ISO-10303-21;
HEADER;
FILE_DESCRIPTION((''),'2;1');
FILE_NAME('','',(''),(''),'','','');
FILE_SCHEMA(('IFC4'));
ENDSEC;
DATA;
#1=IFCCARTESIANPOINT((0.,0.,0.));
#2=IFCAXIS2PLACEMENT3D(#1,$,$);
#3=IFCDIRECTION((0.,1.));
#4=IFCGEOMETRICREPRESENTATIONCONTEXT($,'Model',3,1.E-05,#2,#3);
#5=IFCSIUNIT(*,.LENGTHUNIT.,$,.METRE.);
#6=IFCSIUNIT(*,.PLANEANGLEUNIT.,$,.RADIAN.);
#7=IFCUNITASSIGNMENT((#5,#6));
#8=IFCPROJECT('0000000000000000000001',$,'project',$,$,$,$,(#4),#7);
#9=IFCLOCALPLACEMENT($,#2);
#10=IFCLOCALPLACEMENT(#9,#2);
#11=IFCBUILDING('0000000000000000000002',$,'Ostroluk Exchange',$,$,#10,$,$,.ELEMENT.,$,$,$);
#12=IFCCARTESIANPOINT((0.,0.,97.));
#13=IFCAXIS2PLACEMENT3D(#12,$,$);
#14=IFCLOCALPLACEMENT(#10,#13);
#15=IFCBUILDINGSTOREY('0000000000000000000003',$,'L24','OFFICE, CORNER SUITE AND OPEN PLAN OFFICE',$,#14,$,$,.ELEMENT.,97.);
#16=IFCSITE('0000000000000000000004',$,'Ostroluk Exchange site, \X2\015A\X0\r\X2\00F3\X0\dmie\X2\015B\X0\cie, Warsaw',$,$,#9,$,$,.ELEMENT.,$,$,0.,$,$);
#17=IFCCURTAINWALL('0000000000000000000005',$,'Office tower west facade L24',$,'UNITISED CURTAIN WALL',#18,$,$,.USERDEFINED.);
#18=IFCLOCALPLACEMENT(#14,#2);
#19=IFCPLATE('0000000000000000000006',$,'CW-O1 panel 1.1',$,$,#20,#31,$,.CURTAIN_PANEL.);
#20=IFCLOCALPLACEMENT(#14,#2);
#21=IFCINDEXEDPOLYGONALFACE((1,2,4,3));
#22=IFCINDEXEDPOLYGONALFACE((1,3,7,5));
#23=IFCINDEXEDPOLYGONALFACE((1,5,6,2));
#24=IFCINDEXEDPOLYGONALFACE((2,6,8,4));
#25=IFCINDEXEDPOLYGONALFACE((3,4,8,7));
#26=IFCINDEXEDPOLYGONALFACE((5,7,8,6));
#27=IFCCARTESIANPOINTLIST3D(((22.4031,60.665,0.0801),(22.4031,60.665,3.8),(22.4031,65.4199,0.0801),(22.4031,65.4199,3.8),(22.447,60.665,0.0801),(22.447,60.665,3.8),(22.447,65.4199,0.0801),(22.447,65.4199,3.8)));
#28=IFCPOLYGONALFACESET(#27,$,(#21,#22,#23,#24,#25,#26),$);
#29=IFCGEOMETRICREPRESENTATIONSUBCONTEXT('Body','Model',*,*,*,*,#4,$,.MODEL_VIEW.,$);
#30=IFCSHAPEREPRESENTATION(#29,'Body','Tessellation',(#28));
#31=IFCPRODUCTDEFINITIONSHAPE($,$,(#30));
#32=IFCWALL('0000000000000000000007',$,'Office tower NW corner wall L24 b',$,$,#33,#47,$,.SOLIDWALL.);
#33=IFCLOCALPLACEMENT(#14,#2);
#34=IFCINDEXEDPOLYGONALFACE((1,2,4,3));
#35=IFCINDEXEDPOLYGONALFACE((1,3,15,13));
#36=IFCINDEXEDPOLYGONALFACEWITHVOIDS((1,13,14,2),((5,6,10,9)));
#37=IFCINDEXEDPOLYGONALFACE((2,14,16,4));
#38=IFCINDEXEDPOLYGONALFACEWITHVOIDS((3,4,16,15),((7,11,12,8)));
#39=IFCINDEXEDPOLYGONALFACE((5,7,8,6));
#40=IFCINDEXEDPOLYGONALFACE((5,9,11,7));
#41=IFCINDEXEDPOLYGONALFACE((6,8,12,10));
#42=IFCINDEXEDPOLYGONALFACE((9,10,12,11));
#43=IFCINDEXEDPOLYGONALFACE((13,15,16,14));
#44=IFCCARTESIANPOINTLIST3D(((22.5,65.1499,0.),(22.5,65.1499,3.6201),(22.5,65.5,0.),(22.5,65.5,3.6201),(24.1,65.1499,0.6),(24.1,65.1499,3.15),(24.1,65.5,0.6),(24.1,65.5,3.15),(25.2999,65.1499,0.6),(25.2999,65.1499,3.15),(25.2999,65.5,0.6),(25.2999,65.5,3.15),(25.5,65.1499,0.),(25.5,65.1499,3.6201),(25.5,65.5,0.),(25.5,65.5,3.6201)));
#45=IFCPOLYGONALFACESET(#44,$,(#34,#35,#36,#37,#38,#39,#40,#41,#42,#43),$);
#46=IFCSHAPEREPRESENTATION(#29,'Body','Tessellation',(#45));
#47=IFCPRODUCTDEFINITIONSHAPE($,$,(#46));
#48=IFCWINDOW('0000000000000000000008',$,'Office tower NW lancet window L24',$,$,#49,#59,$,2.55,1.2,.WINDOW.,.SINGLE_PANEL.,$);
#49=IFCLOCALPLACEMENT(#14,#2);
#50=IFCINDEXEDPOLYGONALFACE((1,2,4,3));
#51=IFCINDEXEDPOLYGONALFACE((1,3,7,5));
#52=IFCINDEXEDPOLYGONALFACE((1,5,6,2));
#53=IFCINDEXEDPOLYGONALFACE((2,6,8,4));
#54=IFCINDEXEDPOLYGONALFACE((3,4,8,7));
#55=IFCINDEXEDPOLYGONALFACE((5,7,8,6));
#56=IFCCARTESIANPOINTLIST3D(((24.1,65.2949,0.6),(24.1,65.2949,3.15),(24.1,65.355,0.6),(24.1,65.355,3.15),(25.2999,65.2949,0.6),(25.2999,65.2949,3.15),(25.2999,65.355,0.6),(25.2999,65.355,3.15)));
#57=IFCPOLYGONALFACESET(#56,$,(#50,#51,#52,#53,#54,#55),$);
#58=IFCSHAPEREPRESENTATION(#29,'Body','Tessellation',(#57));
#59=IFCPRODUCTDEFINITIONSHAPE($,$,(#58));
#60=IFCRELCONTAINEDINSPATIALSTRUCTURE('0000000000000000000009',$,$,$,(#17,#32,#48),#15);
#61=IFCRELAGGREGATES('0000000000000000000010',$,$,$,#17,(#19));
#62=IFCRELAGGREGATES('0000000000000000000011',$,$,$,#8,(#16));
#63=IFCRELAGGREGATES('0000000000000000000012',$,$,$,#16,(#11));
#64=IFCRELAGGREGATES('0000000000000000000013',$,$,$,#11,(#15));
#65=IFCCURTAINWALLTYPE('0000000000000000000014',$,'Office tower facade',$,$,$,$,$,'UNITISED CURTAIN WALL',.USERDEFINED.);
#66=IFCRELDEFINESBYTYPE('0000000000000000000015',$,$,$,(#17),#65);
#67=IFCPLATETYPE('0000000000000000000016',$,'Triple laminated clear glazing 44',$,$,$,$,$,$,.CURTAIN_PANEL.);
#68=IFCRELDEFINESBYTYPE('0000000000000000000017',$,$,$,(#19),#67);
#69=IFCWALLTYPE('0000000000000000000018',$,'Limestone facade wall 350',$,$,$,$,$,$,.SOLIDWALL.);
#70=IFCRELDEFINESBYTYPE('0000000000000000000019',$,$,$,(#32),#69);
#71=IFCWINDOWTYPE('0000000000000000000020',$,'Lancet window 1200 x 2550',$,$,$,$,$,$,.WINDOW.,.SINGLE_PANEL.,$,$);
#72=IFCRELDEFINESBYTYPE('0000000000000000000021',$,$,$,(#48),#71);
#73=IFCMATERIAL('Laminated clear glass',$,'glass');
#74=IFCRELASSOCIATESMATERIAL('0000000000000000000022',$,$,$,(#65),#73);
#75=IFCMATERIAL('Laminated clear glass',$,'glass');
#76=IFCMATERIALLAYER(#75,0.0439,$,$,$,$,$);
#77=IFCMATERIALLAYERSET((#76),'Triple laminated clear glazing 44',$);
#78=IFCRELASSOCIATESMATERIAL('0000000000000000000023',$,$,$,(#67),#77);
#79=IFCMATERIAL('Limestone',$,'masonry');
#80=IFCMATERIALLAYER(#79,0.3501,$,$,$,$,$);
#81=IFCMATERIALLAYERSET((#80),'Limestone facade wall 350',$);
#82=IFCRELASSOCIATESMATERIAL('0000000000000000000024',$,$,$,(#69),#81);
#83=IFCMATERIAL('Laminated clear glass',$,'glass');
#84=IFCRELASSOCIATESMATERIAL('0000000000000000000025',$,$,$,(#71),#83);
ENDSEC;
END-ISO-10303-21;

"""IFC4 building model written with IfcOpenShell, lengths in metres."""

from ifc_helpers import new_model, si_unit, direction, frame, frame_2d, origin, origin_2d, place, context, subcontext, project, spatial, rectangle, extrude, material, layer, layer_set, type_object, element, fill, aggregate, save


model = new_model("IFC4")

# Units and contexts
model_context = context("Model", 3, precision=1e-05, world=origin(), true_north=direction((0.0, 1.0)))
body_context = subcontext(model_context, "Body", "Model", "MODEL_VIEW")
ifc_project = project(units=[si_unit("LENGTHUNIT", "METRE"), si_unit("PLANEANGLEUNIT", "RADIAN")], contexts=[model_context])

# Site, building, storey
site_placement = place(None, origin())
site = spatial("IfcSite", under=ifc_project, at=site_placement, Name="Ostroluk Exchange site, Śródmieście, Warsaw", CompositionType="ELEMENT", RefElevation=0.0)
building_placement = place(site_placement, origin())
building = spatial("IfcBuilding", under=site, at=building_placement, Name="Ostroluk Exchange", CompositionType="ELEMENT")
storey_placement = place(building_placement, frame((0.0, 0.0, 97.0)))
storey = spatial("IfcBuildingStorey", under=building, at=storey_placement, Name="L24", Description="OFFICE, CORNER SUITE AND OPEN PLAN OFFICE", CompositionType="ELEMENT", Elevation=97.0)

# Curtain wall
ifc_material_1 = material(Name="Laminated clear glass", Category="glass")
curtain_wall_type = type_object("IfcCurtainWallType", Name="Office tower facade", ElementType="UNITISED CURTAIN WALL", PredefinedType="USERDEFINED", material=ifc_material_1)
curtain_wall_1_placement = place(storey_placement, origin())
curtain_wall_1 = element("IfcCurtainWall", 1, at=curtain_wall_1_placement, inside=storey, type_object=curtain_wall_type, Name="Office tower west facade L24", ObjectType="UNITISED CURTAIN WALL", PredefinedType="USERDEFINED")

# Plate
ifc_material_2 = material(Name="Laminated clear glass", Category="glass")
ifc_layer_1 = layer(ifc_material_2, 0.0439)
ifc_layer_set_1 = layer_set([ifc_layer_1], Name="Triple laminated clear glazing 44")
plate_type_1 = type_object("IfcPlateType", Name="Triple laminated clear glazing 44", PredefinedType="CURTAIN_PANEL", material=ifc_layer_set_1)
plate_1_placement = place(storey_placement, frame((22.425, 63.0425, 0.0801), z_axis=(0.0, 0.0, 1.0), x_axis=(0.0, -1.0, 0.0)))
plate_1 = element("IfcPlate", 2, at=plate_1_placement, type_object=plate_type_1, Name="CW-O1 panel 1.1", PredefinedType="CURTAIN_PANEL", context=body_context, shape_type="SweptSolid", body=[
    extrude(rectangle(XDim=4.7549, YDim=0.0439, at=origin_2d()), origin(), (0.0, 0.0, 1.0), 3.72),
])
aggregate(curtain_wall_1, [plate_1])

# Shared definitions
ifc_material_3 = material(Name="Limestone", Category="masonry")
ifc_layer_2 = layer(ifc_material_3, 0.3501)
ifc_layer_set_2 = layer_set([ifc_layer_2], Name="Limestone facade wall 350")
wall_type_1 = type_object("IfcWallType", Name="Limestone facade wall 350", PredefinedType="SOLIDWALL", material=ifc_layer_set_2)

# Wall, opening, window
wall_1_placement = place(storey_placement, frame((25.5, 65.325, 0.0), z_axis=(0.0, 0.0, 1.0), x_axis=(-1.0, 0.0, 0.0)))
wall_1 = element("IfcWall", 3, at=wall_1_placement, inside=storey, type_object=wall_type_1, Name="Office tower NW corner wall L24 b", PredefinedType="SOLIDWALL", context=body_context, shape_type="SweptSolid", body=[
    extrude(rectangle(XDim=3.0, YDim=0.3501, at=frame_2d((1.5, 0.0))), origin(), (0.0, 0.0, 1.0), 3.6201),
])
opening_1_placement = place(wall_1_placement, frame((0.2, 0.0, 0.6001)))
opening_1 = element("IfcOpeningElement", 4, at=opening_1_placement, cuts=wall_1, PredefinedType="OPENING", context=body_context, shape_type="SweptSolid", body=[
    extrude(rectangle(XDim=1.2, YDim=2.55, at=frame_2d((0.6001, 1.2749))), frame((0.0, 0.1851, 0.0), z_axis=(0.0, -1.0, 0.0), x_axis=(1.0, 0.0, 0.0)), (0.0, 0.0, 1.0), 0.3701),
])
ifc_material_4 = material(Name="Laminated clear glass", Category="glass")
window_type = type_object("IfcWindowType", Name="Lancet window 1200 x 2550", PartitioningType="SINGLE_PANEL", PredefinedType="WINDOW", material=ifc_material_4)
window_placement = place(opening_1_placement, origin())
window = element("IfcWindow", 5, at=window_placement, inside=storey, type_object=window_type, Name="Office tower NW lancet window L24", OverallHeight=2.55, OverallWidth=1.2, PartitioningType="SINGLE_PANEL", PredefinedType="WINDOW", context=body_context, shape_type="SweptSolid", body=[
    extrude(rectangle(XDim=1.2, YDim=2.55, at=frame_2d((0.6001, 1.2749))), frame((0.0, 0.03, 0.0), z_axis=(0.0, -1.0, 0.0), x_axis=(1.0, 0.0, 0.0)), (0.0, 0.0, 1.0), 0.0601),
])
fill(opening_1, window)

save(model, "model.ifc")
